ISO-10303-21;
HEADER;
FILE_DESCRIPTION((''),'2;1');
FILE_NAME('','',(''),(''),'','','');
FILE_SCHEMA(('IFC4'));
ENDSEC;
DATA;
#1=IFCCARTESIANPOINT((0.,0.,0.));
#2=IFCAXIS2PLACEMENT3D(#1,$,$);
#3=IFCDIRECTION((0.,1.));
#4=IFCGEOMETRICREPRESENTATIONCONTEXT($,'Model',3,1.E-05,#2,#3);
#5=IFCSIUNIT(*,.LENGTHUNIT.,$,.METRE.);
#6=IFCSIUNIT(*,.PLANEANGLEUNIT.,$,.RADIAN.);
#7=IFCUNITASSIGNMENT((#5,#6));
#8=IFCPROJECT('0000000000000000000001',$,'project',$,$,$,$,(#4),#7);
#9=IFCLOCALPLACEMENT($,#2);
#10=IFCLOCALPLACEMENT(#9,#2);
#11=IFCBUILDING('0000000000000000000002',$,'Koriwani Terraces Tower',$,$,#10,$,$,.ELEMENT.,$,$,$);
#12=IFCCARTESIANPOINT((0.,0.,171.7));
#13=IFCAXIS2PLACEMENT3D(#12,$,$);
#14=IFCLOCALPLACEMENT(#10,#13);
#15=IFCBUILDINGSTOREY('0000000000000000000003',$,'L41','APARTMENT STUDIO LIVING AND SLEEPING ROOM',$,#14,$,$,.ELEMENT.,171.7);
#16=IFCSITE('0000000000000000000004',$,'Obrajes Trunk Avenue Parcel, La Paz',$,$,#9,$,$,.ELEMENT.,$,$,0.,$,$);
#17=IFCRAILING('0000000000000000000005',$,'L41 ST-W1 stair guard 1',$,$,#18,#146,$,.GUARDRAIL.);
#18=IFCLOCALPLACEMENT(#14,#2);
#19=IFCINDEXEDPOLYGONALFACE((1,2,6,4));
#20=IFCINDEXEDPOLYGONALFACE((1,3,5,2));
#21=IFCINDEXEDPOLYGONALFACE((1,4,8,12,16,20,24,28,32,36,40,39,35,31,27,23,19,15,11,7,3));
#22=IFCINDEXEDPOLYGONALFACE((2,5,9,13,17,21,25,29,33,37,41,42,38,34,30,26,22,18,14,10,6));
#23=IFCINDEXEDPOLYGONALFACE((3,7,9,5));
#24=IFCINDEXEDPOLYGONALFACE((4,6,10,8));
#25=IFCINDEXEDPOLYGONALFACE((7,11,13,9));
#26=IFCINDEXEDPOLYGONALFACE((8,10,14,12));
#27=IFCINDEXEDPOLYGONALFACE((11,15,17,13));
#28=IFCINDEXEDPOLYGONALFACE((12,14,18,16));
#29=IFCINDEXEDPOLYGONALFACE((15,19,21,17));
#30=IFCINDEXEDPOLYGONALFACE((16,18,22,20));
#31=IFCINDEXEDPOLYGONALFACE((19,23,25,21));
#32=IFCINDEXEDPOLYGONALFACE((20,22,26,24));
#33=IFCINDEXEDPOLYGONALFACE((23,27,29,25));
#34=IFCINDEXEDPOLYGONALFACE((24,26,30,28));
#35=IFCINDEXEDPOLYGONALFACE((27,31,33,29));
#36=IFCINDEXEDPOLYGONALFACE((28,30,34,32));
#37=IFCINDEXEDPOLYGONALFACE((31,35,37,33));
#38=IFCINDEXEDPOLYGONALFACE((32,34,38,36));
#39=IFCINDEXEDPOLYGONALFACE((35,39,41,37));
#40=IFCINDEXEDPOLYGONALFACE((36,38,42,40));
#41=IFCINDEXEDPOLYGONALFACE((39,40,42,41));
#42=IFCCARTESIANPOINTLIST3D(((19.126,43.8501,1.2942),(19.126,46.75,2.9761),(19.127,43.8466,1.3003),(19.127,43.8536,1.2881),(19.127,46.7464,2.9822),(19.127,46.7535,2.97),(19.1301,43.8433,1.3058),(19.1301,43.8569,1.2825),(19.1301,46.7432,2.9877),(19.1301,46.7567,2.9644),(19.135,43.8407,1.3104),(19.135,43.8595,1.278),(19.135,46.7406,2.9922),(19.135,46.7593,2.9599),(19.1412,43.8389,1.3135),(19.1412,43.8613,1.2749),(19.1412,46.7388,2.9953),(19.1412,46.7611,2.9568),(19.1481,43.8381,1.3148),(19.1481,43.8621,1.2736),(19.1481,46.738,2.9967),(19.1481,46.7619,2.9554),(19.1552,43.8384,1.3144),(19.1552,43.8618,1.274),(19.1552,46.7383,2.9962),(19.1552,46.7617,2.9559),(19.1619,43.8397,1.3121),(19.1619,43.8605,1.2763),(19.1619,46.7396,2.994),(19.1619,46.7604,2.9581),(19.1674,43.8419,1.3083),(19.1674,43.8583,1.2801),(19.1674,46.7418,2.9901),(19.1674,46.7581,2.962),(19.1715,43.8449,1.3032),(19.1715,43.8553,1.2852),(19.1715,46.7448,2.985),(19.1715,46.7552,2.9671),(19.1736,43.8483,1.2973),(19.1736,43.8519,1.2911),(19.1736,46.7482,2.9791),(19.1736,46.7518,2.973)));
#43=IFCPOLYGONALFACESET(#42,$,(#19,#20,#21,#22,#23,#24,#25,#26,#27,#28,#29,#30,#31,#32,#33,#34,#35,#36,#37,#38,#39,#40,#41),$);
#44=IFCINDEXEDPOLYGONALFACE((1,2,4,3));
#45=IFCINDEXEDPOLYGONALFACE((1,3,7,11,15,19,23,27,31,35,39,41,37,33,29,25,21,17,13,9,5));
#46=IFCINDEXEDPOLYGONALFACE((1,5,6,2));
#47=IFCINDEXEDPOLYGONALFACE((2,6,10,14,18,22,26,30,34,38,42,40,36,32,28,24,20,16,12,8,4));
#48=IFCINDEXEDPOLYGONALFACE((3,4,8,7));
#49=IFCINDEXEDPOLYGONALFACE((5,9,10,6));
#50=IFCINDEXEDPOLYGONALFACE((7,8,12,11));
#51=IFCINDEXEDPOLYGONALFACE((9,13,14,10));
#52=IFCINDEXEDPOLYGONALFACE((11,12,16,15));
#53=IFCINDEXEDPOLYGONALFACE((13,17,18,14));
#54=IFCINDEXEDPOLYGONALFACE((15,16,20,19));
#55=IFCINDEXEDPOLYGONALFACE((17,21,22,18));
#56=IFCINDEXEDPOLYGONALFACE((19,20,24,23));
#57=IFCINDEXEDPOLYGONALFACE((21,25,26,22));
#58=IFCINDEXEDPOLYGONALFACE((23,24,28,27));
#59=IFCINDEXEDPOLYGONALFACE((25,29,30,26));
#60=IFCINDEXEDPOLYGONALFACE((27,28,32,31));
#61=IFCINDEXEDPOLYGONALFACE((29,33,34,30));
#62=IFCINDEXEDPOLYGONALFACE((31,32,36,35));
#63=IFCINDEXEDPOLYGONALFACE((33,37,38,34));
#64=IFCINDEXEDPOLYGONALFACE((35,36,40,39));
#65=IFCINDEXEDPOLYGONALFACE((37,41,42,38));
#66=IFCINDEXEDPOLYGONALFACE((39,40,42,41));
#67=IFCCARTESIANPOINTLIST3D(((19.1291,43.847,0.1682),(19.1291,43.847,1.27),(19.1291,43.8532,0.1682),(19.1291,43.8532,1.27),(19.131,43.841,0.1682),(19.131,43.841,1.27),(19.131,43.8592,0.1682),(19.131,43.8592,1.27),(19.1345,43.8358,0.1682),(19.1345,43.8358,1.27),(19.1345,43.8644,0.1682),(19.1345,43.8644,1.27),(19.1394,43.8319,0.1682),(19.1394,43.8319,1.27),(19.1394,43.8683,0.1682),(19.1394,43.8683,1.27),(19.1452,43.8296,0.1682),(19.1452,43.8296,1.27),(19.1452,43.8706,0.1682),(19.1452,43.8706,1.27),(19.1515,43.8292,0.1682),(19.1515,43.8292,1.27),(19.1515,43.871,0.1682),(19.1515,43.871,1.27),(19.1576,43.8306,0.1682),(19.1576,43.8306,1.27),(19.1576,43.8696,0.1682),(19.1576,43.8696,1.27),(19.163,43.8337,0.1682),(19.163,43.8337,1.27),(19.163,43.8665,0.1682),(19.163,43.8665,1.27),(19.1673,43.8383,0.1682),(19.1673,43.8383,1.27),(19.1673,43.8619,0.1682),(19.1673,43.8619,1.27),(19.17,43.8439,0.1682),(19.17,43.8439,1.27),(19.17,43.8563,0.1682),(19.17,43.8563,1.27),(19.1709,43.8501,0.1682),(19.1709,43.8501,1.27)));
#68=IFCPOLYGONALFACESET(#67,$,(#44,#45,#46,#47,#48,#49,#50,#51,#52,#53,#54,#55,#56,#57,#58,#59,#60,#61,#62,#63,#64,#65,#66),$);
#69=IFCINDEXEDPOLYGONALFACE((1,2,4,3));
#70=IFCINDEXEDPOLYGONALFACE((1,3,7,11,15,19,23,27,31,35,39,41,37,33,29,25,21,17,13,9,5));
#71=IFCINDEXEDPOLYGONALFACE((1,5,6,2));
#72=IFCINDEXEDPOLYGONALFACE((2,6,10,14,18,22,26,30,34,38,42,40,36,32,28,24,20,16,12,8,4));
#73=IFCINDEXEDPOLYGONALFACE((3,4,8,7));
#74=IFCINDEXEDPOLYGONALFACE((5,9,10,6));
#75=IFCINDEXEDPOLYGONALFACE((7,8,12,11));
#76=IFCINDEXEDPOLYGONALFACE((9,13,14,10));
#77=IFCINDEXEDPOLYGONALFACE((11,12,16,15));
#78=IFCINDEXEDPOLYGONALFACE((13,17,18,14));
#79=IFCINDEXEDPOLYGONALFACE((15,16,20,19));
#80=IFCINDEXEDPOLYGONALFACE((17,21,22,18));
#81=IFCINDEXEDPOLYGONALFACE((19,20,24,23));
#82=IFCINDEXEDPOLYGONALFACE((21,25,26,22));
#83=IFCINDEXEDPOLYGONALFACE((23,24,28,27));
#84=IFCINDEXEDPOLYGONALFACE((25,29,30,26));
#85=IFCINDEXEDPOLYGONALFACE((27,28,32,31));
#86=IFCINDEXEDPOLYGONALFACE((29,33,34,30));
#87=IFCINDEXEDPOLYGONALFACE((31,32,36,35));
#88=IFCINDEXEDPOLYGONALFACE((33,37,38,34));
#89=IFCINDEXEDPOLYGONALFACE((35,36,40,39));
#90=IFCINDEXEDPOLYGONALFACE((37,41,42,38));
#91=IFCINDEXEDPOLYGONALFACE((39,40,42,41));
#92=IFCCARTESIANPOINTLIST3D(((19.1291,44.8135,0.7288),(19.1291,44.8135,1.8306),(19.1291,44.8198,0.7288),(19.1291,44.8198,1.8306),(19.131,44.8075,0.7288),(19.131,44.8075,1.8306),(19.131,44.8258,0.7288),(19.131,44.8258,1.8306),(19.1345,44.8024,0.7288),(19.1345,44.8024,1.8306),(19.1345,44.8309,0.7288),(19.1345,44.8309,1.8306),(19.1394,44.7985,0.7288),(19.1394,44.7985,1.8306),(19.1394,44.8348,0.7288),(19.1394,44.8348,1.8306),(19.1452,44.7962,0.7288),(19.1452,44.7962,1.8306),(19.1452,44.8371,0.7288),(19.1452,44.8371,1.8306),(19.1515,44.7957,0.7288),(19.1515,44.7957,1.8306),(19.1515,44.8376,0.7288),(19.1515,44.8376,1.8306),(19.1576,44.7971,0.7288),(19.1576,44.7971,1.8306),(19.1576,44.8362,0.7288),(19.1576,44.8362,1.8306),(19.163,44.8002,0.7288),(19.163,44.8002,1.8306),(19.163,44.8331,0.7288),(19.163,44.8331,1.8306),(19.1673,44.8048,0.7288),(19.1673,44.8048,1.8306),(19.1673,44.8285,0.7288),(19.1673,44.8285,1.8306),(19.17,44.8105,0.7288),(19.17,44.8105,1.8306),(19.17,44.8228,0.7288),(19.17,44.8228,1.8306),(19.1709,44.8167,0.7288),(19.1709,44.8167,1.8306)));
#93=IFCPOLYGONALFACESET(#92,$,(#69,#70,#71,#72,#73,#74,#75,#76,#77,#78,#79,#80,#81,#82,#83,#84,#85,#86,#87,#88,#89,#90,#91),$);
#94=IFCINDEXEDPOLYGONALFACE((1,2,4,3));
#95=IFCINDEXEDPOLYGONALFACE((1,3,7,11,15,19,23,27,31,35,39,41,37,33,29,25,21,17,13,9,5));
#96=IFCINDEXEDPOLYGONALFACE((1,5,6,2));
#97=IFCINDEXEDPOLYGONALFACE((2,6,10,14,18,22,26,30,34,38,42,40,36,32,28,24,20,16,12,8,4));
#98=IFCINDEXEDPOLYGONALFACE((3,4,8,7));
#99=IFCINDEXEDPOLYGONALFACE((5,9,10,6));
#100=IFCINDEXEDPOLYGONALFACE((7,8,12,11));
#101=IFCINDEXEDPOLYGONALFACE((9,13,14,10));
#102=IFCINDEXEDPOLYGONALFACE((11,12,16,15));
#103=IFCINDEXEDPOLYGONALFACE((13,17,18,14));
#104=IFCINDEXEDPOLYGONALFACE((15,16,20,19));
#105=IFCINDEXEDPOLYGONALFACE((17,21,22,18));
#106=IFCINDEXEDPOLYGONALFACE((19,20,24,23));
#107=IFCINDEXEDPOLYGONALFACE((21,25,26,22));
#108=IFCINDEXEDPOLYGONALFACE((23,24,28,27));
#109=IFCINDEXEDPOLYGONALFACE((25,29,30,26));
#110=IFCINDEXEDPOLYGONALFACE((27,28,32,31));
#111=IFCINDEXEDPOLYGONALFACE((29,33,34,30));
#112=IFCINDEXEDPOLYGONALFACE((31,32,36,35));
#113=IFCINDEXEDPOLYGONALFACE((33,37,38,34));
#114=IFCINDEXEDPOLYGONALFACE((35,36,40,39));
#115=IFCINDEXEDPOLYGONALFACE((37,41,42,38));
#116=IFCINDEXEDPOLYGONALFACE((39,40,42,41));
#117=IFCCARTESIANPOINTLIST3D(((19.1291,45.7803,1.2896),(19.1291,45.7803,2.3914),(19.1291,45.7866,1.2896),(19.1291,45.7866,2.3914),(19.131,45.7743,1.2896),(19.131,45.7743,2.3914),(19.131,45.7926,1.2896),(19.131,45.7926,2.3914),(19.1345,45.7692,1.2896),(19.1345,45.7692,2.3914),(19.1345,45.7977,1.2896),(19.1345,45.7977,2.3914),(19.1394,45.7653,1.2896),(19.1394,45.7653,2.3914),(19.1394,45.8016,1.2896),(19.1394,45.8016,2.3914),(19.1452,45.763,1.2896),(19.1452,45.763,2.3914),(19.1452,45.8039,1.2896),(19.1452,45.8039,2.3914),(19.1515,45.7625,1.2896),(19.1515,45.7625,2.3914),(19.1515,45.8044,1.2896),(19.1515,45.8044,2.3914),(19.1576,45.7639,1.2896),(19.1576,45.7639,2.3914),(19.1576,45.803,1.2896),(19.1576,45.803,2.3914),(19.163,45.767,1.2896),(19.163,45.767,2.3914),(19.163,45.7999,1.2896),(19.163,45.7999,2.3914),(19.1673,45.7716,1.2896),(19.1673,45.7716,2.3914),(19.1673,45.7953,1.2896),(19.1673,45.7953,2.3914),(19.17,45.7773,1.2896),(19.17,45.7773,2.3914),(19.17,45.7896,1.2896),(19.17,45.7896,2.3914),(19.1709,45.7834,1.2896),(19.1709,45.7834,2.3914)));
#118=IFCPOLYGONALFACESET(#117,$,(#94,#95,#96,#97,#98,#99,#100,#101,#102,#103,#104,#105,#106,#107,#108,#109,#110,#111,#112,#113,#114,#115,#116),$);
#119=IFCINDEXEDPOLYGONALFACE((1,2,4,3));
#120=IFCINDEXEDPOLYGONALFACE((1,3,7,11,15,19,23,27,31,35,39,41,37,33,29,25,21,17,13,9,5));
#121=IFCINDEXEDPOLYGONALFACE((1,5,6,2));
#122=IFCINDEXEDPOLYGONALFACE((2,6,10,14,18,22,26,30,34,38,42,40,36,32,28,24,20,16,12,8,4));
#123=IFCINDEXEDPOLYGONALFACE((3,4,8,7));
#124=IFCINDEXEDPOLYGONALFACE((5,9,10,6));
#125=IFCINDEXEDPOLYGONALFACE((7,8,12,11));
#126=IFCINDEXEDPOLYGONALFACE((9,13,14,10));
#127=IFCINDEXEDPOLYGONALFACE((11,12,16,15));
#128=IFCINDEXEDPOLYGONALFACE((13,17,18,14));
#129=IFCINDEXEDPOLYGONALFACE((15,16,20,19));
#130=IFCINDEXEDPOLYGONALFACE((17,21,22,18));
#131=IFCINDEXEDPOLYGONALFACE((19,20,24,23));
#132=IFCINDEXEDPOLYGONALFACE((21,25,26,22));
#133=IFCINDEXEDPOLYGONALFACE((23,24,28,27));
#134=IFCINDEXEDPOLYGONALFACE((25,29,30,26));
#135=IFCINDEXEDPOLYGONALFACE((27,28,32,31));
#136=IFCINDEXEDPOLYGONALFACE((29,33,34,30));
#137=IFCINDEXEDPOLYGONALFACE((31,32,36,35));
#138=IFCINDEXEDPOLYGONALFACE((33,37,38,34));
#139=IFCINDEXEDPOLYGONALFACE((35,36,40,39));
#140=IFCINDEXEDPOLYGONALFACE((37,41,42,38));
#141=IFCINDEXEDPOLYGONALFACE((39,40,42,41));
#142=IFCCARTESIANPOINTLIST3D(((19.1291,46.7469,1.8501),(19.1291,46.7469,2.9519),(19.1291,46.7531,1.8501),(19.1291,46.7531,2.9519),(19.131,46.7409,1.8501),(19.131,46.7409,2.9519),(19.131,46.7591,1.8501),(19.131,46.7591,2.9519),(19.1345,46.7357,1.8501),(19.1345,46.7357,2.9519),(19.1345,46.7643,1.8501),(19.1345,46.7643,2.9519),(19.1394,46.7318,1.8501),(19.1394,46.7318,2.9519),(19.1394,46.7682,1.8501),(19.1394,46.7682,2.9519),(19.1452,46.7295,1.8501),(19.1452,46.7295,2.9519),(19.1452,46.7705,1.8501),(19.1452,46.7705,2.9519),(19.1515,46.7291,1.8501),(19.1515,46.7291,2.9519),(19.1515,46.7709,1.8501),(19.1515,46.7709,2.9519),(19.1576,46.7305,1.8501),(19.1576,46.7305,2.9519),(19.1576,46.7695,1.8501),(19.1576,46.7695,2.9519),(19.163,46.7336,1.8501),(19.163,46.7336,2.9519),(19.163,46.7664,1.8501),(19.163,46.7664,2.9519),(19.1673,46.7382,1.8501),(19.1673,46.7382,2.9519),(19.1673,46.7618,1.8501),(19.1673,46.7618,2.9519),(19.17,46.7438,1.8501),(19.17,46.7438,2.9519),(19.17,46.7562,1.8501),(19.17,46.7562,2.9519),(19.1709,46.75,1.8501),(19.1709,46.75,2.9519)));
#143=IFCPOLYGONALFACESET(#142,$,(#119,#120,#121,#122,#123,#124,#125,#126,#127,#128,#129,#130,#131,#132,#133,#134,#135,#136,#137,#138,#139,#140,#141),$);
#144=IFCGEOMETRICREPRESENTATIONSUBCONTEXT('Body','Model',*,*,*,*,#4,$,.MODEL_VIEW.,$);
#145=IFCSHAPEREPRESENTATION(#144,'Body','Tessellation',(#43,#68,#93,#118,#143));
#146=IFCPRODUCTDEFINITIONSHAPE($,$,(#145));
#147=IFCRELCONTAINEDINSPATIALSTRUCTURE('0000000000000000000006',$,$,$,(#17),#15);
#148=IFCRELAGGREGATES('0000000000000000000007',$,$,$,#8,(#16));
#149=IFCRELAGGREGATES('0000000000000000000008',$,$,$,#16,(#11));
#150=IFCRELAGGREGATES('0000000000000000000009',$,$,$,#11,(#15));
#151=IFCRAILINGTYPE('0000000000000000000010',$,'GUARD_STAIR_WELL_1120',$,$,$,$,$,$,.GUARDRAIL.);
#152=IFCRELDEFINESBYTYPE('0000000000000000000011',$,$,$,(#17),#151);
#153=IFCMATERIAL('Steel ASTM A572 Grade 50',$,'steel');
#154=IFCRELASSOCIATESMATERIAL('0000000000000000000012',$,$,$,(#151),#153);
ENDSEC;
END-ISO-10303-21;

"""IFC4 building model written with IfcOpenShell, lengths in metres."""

from ifc_helpers import new_model, si_unit, direction, frame, origin, origin_2d, place, context, subcontext, project, spatial, circle, extrude, material, type_object, element, save


model = new_model("IFC4")

# Units and contexts
model_context = context("Model", 3, precision=1e-05, world=origin(), true_north=direction((0.0, 1.0)))
body_context = subcontext(model_context, "Body", "Model", "MODEL_VIEW")
ifc_project = project(units=[si_unit("LENGTHUNIT", "METRE"), si_unit("PLANEANGLEUNIT", "RADIAN")], contexts=[model_context])

# Site, building, storey
site_placement = place(None, origin())
site = spatial("IfcSite", under=ifc_project, at=site_placement, Name="Obrajes Trunk Avenue Parcel, La Paz", CompositionType="ELEMENT", RefElevation=0.0)
building_placement = place(site_placement, origin())
building = spatial("IfcBuilding", under=site, at=building_placement, Name="Koriwani Terraces Tower", CompositionType="ELEMENT")
storey_placement = place(building_placement, frame((0.0, 0.0, 171.7)))
storey = spatial("IfcBuildingStorey", under=building, at=storey_placement, Name="L41", Description="APARTMENT STUDIO LIVING AND SLEEPING ROOM", CompositionType="ELEMENT", Elevation=171.7)

# Shared definitions
ifc_material_1 = material(Name="Steel ASTM A572 Grade 50", Category="steel")

# Railing
railing_type_1 = type_object("IfcRailingType", Name="GUARD_STAIR_WELL_1120", PredefinedType="GUARDRAIL", material=ifc_material_1)
railing_1_placement = place(storey_placement, frame((19.1499, 43.8501, 0.1682)))
element("IfcRailing", 1, at=railing_1_placement, inside=storey, type_object=railing_type_1, Name="L41 ST-W1 stair guard 1", PredefinedType="GUARDRAIL", context=body_context, shape_type="SweptSolid", body=[
    extrude(circle(Radius=0.0239, at=origin_2d()), frame((0.0, 0.0, 1.126), z_axis=(0.0, 0.865039, 0.501705), x_axis=(-1.0, 0.0, 0.0)), (0.0, 0.0, 1.0), 3.3523),
    extrude(circle(Radius=0.021, at=origin_2d()), origin(), (0.0, 0.0, 1.0), 1.1018),
    extrude(circle(Radius=0.021, at=origin_2d()), frame((0.0, 0.9666, 0.5605)), (0.0, 0.0, 1.0), 1.1018),
    extrude(circle(Radius=0.021, at=origin_2d()), frame((0.0, 1.9333, 1.1213)), (0.0, 0.0, 1.0), 1.1018),
    extrude(circle(Radius=0.021, at=origin_2d()), frame((0.0, 2.8999, 1.6819)), (0.0, 0.0, 1.0), 1.1018),
])

save(model, "model.ifc")
